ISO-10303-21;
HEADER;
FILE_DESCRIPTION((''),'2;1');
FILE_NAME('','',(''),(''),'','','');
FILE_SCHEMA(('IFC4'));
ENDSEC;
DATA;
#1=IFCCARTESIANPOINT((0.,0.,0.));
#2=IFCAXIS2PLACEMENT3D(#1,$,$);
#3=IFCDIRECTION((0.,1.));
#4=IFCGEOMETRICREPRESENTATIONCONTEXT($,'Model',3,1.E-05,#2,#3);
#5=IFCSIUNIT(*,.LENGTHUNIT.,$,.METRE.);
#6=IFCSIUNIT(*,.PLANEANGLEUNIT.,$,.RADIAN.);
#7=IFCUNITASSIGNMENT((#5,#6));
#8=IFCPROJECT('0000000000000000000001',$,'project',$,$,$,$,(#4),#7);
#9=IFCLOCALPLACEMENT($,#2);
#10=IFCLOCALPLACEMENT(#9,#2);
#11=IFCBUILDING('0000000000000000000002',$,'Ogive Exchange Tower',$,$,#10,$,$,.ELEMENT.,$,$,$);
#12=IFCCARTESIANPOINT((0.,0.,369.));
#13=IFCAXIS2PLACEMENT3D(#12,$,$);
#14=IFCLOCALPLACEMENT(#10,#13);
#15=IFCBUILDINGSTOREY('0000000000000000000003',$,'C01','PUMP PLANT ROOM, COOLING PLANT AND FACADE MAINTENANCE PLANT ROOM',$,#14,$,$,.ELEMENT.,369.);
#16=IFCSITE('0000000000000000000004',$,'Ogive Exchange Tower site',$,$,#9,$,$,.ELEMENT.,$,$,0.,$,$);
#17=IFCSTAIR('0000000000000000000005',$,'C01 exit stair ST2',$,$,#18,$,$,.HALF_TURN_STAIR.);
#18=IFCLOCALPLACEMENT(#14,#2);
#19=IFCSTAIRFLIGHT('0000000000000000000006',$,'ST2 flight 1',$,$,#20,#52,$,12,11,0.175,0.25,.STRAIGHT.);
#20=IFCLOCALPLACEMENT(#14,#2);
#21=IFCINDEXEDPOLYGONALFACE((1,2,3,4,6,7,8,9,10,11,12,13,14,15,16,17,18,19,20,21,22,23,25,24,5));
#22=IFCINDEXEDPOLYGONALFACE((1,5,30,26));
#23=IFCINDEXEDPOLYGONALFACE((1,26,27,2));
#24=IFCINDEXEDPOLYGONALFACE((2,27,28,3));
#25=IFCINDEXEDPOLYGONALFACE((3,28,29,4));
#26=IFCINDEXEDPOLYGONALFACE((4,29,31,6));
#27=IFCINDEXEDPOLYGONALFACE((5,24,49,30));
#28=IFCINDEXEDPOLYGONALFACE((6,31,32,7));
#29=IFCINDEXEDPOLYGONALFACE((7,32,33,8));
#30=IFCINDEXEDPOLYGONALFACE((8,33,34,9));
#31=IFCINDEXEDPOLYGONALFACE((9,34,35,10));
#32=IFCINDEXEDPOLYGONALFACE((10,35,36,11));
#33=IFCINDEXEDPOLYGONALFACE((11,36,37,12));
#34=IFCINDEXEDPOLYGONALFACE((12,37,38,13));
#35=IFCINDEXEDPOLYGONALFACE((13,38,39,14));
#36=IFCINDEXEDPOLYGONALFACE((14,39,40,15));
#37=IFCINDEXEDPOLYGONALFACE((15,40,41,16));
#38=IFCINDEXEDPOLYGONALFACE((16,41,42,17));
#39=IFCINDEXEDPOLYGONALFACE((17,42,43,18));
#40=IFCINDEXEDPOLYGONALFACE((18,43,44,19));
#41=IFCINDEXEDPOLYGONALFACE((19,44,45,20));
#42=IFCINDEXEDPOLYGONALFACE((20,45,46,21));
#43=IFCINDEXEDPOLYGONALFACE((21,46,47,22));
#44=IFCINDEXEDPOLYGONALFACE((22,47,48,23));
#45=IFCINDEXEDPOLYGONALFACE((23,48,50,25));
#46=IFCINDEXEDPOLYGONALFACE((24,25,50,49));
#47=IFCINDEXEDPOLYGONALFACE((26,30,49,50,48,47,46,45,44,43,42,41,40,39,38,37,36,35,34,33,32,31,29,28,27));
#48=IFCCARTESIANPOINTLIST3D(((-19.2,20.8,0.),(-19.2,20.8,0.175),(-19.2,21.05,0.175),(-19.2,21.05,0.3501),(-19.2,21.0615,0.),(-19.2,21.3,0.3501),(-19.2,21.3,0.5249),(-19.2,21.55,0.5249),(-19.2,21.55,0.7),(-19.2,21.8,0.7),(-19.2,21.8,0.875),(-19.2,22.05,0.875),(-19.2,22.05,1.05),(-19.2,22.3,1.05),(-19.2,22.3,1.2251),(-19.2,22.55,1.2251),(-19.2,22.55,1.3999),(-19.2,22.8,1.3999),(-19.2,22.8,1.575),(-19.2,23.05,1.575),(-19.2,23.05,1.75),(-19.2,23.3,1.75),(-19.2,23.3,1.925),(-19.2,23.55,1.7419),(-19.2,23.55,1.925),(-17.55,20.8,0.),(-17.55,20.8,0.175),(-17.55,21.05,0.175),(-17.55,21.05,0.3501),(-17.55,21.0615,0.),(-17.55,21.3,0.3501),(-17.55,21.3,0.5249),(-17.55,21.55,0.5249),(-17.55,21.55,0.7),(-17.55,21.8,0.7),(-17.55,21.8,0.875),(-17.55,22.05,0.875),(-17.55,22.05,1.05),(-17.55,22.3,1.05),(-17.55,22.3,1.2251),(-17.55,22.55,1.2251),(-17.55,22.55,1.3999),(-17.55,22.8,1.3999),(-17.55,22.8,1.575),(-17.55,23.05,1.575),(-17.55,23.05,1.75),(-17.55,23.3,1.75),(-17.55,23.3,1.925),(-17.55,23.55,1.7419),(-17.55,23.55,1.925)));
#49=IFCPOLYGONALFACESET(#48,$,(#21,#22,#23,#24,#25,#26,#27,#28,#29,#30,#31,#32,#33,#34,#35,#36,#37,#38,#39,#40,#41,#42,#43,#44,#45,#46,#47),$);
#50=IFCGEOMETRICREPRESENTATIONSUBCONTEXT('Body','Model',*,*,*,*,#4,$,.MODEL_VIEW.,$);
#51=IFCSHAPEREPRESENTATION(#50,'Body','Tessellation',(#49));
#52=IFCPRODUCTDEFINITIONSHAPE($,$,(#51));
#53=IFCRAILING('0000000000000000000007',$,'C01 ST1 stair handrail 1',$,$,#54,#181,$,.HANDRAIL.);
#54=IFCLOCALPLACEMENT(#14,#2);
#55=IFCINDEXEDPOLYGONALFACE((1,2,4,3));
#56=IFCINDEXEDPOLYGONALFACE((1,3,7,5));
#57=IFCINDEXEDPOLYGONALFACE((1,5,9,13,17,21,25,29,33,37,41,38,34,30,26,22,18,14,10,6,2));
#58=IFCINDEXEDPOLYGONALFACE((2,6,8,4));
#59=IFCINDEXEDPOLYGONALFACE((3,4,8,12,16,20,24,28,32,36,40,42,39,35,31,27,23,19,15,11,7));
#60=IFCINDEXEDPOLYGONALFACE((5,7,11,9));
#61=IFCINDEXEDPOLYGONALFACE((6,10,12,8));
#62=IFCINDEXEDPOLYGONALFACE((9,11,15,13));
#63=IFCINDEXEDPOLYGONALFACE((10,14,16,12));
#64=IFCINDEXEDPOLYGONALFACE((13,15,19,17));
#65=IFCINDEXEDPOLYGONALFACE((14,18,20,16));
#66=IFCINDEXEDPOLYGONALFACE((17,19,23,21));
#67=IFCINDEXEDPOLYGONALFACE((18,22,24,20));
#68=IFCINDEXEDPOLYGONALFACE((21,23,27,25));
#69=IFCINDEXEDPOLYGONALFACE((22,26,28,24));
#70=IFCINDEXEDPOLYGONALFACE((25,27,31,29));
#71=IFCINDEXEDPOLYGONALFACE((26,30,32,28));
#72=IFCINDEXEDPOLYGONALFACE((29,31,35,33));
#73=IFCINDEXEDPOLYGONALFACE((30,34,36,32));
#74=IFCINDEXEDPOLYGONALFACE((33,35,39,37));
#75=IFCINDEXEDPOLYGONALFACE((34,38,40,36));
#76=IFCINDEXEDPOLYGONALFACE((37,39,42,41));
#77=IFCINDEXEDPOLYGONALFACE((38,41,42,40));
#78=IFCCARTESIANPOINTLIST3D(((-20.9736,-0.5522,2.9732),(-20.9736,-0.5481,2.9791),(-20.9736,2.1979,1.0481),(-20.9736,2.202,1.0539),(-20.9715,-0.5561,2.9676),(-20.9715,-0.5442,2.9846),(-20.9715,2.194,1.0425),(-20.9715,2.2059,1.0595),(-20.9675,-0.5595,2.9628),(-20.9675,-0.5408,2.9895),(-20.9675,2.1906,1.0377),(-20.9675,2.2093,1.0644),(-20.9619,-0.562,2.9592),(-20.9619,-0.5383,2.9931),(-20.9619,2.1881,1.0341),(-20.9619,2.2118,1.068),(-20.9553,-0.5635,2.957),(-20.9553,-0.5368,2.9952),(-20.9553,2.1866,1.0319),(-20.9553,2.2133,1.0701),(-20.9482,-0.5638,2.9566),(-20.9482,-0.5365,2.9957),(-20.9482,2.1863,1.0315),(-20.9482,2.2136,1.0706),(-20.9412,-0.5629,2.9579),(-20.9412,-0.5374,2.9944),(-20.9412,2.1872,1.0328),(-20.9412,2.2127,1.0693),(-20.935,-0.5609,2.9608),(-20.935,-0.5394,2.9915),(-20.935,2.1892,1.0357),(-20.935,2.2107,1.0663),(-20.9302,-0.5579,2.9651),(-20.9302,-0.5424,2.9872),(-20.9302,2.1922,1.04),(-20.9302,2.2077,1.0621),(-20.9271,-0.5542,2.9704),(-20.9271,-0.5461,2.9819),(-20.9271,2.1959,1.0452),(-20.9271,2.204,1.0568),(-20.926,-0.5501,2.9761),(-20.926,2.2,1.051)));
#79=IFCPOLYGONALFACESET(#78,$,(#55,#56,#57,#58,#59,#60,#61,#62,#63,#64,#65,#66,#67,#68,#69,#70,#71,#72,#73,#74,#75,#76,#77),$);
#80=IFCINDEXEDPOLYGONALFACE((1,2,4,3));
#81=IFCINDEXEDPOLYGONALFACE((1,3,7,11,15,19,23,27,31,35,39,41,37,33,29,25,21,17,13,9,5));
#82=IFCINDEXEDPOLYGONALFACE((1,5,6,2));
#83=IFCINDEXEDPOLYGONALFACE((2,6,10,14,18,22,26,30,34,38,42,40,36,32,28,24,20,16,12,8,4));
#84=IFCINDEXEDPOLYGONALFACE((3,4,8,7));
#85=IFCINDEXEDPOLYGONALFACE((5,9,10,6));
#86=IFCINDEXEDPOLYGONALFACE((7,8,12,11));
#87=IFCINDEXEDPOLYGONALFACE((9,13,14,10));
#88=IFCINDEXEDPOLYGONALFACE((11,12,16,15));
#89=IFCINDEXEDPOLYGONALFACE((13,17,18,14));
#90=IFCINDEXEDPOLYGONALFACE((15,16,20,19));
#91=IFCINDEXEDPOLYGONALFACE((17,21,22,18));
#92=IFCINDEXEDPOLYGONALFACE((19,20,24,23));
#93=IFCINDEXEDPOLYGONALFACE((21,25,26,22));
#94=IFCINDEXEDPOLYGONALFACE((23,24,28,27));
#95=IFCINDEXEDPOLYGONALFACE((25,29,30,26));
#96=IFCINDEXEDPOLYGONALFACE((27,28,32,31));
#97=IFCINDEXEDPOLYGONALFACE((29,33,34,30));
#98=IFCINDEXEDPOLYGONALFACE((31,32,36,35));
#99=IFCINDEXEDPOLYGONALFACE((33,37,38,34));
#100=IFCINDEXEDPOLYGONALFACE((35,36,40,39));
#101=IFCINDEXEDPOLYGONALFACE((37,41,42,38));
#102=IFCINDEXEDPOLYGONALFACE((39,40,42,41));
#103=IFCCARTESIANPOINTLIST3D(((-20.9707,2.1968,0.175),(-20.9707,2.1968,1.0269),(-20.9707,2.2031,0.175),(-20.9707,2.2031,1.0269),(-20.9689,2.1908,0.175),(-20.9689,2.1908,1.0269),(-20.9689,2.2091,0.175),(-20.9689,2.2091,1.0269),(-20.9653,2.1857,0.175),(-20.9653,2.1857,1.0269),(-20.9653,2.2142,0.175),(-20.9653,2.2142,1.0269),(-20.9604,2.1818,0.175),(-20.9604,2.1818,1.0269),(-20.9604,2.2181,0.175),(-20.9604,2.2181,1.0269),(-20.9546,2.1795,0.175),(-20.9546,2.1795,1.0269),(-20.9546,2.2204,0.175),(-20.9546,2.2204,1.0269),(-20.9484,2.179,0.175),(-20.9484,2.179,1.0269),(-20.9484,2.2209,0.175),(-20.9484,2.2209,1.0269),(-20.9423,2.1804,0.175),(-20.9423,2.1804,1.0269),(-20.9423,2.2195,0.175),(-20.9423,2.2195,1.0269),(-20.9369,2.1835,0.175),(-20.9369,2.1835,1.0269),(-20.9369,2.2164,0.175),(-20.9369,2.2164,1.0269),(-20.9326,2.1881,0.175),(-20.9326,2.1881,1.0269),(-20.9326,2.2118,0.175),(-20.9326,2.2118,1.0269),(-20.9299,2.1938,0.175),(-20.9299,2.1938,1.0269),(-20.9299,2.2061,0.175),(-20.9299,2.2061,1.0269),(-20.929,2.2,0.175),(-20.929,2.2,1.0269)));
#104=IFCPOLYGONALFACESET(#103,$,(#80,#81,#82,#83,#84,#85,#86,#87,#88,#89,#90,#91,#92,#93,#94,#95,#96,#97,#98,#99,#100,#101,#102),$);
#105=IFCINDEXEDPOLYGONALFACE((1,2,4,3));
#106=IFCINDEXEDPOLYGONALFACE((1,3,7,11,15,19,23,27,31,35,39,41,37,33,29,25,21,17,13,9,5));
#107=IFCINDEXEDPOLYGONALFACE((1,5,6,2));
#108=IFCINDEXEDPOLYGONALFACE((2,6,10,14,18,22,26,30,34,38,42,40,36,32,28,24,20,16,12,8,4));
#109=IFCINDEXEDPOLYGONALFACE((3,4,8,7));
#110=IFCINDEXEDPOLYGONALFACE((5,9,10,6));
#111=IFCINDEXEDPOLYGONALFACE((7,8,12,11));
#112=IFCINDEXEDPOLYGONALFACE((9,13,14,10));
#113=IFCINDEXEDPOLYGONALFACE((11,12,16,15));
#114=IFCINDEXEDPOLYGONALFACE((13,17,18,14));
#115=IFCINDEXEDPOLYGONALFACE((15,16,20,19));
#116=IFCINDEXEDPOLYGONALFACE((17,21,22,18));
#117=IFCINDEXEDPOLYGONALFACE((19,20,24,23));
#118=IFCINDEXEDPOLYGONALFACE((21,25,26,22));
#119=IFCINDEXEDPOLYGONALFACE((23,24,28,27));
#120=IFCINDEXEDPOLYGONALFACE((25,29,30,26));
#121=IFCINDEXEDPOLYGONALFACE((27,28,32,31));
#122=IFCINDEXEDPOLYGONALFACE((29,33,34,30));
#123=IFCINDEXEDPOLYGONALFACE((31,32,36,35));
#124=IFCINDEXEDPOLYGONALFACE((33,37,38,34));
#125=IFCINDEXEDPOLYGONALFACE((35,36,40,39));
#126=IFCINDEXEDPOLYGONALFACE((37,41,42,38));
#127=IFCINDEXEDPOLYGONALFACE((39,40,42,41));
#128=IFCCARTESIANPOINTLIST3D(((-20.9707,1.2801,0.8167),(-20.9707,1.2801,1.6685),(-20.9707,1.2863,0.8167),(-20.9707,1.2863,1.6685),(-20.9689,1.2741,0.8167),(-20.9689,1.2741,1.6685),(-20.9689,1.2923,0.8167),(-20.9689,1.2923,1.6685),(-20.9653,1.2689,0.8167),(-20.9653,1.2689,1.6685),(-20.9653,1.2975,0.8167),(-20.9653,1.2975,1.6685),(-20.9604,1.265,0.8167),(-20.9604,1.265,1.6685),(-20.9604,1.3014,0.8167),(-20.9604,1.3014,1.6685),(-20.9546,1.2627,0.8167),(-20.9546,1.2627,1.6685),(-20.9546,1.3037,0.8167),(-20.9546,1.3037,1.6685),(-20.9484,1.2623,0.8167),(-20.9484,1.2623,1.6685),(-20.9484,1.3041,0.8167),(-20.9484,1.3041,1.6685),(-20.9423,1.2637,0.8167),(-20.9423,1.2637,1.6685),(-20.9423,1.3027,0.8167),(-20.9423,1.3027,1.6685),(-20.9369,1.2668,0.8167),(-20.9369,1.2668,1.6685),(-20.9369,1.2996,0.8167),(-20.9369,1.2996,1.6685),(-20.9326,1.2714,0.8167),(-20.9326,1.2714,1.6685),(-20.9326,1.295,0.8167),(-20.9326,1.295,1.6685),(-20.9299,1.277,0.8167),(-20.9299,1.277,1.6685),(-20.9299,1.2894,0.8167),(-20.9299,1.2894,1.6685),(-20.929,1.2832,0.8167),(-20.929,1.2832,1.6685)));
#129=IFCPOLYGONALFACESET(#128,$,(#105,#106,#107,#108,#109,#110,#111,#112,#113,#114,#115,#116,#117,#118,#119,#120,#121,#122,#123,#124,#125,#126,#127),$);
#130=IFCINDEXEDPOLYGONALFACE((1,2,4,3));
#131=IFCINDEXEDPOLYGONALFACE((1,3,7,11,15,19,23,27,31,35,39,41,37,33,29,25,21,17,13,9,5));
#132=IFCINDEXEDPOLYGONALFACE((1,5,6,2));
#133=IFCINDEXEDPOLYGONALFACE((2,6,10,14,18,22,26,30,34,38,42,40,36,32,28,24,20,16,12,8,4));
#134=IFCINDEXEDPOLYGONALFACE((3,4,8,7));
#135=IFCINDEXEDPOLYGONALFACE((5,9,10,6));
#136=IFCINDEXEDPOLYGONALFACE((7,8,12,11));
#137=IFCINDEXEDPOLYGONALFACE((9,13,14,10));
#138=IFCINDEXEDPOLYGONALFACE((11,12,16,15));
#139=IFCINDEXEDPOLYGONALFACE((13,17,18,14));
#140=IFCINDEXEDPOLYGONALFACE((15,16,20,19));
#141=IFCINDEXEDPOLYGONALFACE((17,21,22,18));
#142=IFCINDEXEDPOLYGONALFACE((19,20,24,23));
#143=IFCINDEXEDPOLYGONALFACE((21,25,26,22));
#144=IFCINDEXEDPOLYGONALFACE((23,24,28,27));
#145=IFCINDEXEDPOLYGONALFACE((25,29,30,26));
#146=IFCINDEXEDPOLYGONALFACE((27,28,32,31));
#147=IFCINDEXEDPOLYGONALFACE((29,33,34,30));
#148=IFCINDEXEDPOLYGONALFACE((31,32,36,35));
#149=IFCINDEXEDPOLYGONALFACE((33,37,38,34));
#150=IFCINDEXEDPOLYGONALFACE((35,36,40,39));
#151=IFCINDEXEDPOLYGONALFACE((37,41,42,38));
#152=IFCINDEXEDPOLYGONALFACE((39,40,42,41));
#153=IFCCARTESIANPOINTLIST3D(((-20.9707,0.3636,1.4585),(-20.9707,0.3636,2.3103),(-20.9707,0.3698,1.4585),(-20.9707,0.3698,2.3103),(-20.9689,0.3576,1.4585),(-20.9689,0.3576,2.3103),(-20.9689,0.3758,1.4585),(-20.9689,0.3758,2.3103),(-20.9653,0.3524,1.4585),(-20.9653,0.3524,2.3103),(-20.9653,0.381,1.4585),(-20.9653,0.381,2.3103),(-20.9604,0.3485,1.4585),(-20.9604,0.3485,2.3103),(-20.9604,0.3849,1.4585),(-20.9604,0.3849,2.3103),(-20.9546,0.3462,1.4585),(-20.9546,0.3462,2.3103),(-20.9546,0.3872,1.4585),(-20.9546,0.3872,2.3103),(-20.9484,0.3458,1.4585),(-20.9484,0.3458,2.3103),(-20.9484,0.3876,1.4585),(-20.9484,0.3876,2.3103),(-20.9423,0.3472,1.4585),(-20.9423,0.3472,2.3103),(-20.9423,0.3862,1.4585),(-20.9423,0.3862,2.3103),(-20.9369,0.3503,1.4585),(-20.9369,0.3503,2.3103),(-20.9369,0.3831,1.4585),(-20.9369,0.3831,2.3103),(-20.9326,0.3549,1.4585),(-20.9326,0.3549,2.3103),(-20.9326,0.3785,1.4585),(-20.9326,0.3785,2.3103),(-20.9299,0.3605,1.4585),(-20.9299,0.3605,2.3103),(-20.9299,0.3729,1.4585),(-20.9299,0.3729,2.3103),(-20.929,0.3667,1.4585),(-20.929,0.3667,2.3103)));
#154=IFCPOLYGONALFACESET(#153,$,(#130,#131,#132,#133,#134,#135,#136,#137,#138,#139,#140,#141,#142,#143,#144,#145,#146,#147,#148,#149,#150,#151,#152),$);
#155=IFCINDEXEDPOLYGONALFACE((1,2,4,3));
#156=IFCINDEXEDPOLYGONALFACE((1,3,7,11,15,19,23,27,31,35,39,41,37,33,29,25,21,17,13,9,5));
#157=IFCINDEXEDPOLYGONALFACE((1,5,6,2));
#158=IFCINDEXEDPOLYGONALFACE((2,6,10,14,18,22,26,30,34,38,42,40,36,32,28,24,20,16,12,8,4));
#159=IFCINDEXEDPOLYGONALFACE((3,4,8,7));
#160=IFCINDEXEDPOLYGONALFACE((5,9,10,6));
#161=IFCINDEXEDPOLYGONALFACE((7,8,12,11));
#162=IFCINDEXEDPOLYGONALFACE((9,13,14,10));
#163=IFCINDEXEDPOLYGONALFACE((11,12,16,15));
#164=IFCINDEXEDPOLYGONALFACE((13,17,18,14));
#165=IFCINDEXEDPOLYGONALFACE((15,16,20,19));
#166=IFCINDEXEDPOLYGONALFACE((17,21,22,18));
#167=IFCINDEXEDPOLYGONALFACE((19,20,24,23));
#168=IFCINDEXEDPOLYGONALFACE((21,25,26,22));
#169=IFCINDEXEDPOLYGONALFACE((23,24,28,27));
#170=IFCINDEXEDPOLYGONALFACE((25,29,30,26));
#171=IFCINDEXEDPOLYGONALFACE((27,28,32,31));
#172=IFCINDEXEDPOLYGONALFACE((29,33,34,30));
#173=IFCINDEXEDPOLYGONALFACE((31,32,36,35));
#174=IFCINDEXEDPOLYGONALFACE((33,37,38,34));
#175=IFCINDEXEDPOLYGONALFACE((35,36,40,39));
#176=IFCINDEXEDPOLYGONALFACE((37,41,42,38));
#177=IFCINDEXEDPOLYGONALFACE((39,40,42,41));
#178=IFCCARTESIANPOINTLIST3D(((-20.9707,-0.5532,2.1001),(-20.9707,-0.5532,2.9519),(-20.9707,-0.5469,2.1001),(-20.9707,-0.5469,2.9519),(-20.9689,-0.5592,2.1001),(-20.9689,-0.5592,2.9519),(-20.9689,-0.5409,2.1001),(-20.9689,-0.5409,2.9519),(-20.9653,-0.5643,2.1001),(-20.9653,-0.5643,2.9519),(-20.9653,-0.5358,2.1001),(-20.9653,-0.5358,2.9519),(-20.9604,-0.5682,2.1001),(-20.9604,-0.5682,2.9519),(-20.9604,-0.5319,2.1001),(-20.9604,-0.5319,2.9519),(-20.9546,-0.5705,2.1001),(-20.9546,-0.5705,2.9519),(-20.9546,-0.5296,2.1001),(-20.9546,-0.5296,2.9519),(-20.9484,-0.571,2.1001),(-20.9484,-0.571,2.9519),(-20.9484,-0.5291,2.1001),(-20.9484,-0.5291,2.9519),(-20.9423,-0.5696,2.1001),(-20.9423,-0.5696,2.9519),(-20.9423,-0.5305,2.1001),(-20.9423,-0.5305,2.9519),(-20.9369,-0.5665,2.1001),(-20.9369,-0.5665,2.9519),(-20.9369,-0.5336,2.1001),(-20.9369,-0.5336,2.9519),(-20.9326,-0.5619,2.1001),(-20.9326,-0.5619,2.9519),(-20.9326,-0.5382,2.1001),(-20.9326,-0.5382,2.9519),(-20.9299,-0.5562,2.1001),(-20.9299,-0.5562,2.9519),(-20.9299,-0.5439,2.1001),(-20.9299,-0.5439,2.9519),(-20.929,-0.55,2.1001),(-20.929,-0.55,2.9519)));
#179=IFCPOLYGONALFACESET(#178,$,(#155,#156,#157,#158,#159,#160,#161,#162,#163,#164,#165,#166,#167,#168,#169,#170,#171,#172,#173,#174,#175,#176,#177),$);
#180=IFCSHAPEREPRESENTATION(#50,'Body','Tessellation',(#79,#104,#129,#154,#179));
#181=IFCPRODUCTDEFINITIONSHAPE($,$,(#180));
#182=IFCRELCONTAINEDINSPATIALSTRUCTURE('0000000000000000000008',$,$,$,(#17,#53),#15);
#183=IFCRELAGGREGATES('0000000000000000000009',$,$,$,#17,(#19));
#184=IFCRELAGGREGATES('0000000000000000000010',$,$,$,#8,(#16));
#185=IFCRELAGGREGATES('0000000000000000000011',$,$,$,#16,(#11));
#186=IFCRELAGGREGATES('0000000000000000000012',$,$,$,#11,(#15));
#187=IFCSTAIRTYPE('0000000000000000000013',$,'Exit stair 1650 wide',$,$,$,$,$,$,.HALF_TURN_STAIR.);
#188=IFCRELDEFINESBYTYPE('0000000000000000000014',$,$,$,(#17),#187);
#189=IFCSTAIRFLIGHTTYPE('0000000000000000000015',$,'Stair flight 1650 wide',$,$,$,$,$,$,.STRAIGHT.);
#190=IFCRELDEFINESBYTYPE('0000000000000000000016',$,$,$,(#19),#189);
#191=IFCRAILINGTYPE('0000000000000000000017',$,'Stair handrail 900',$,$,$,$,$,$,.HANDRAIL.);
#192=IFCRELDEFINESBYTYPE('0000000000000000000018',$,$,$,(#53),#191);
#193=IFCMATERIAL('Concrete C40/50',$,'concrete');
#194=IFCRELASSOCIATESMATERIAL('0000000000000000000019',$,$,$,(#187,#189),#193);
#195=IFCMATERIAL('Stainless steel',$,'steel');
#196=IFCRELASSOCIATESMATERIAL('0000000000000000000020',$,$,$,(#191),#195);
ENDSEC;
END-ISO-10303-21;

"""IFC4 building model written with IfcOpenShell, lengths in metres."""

from ifc_helpers import new_model, si_unit, direction, frame, origin, origin_2d, place, context, subcontext, project, spatial, polyline, circle, outline, extrude, material, type_object, element, aggregate, save


model = new_model("IFC4")

# Units and contexts
model_context = context("Model", 3, precision=1e-05, world=origin(), true_north=direction((0.0, 1.0)))
body_context = subcontext(model_context, "Body", "Model", "MODEL_VIEW")
ifc_project = project(units=[si_unit("LENGTHUNIT", "METRE"), si_unit("PLANEANGLEUNIT", "RADIAN")], contexts=[model_context])

# Site, building, storey
site_placement = place(None, origin())
site = spatial("IfcSite", under=ifc_project, at=site_placement, Name="Ogive Exchange Tower site", CompositionType="ELEMENT", RefElevation=0.0)
building_placement = place(site_placement, origin())
building = spatial("IfcBuilding", under=site, at=building_placement, Name="Ogive Exchange Tower", CompositionType="ELEMENT")
storey_placement = place(building_placement, frame((0.0, 0.0, 369.0)))
storey = spatial("IfcBuildingStorey", under=building, at=storey_placement, Name="C01", Description="PUMP PLANT ROOM, COOLING PLANT AND FACADE MAINTENANCE PLANT ROOM", CompositionType="ELEMENT", Elevation=369.0)

# Stair, stair flight
ifc_material_1 = material(Name="Concrete C40/50", Category="concrete")
stair_type = type_object("IfcStairType", Name="Exit stair 1650 wide", PredefinedType="HALF_TURN_STAIR", material=ifc_material_1)
stair_flight_type = type_object("IfcStairFlightType", Name="Stair flight 1650 wide", PredefinedType="STRAIGHT", material=ifc_material_1)
stair_1_placement = place(storey_placement, origin())
stair_1 = element("IfcStair", 1, at=stair_1_placement, inside=storey, type_object=stair_type, Name="C01 exit stair ST2", PredefinedType="HALF_TURN_STAIR")
stair_flight_1_placement = place(storey_placement, frame((-18.375, 20.8, 0.0), z_axis=(0.0, 0.0, 1.0), x_axis=(0.0, 1.0, 0.0)))
stair_flight_1 = element("IfcStairFlight", 2, at=stair_flight_1_placement, type_object=stair_flight_type, Name="ST2 flight 1", NumberOfRisers=12, NumberOfTreads=11, PredefinedType="STRAIGHT", RiserHeight=0.175, TreadLength=0.25, context=body_context, shape_type="SweptSolid", body=[
    extrude(outline(polyline([(0.0, 0.0), (0.0, 0.175), (0.25, 0.175), (0.25, 0.3501), (0.5, 0.3501), (0.5, 0.5249), (0.75, 0.5249), (0.75, 0.7), (1.0, 0.7), (1.0, 0.875), (1.25, 0.875), (1.25, 1.05), (1.5, 1.05), (1.5, 1.2251), (1.75, 1.2251), (1.75, 1.3999), (2.0, 1.3999), (2.0, 1.575), (2.25, 1.575), (2.25, 1.75), (2.5, 1.75), (2.5, 1.925), (2.75, 1.925), (2.75, 2.1001), (2.75, 1.7419), (0.2615, 0.0), (0.0, 0.0)])), frame((0.0, 0.825, 0.0), z_axis=(0.0, -1.0, 0.0), x_axis=(1.0, 0.0, 0.0)), (0.0, 0.0, 1.0), 1.6499),
])
aggregate(stair_1, [stair_flight_1])

# Railing
ifc_material_2 = material(Name="Stainless steel", Category="steel")
railing_type = type_object("IfcRailingType", Name="Stair handrail 900", PredefinedType="HANDRAIL", material=ifc_material_2)
railing_placement = place(storey_placement, frame((-20.95, 2.2, 0.175)))
element("IfcRailing", 3, at=railing_placement, inside=storey, type_object=railing_type, Name="C01 ST1 stair handrail 1", PredefinedType="HANDRAIL", context=body_context, shape_type="SweptSolid", body=[
    extrude(circle(Radius=0.0239, at=origin_2d()), frame((0.0, 0.0, 0.876), z_axis=(0.0, -0.819225, 0.573472), x_axis=(1.0, 0.0, 0.0)), (0.0, 0.0, 1.0), 3.3569),
    extrude(circle(Radius=0.021, at=origin_2d()), origin(), (0.0, 0.0, 1.0), 0.8518),
    extrude(circle(Radius=0.021, at=origin_2d()), frame((0.0, -0.9167, 0.6416)), (0.0, 0.0, 1.0), 0.8518),
    extrude(circle(Radius=0.021, at=origin_2d()), frame((0.0, -1.8333, 1.2834)), (0.0, 0.0, 1.0), 0.8518),
    extrude(circle(Radius=0.021, at=origin_2d()), frame((0.0, -2.75, 1.925)), (0.0, 0.0, 1.0), 0.8518),
])

save(model, "model.ifc")
